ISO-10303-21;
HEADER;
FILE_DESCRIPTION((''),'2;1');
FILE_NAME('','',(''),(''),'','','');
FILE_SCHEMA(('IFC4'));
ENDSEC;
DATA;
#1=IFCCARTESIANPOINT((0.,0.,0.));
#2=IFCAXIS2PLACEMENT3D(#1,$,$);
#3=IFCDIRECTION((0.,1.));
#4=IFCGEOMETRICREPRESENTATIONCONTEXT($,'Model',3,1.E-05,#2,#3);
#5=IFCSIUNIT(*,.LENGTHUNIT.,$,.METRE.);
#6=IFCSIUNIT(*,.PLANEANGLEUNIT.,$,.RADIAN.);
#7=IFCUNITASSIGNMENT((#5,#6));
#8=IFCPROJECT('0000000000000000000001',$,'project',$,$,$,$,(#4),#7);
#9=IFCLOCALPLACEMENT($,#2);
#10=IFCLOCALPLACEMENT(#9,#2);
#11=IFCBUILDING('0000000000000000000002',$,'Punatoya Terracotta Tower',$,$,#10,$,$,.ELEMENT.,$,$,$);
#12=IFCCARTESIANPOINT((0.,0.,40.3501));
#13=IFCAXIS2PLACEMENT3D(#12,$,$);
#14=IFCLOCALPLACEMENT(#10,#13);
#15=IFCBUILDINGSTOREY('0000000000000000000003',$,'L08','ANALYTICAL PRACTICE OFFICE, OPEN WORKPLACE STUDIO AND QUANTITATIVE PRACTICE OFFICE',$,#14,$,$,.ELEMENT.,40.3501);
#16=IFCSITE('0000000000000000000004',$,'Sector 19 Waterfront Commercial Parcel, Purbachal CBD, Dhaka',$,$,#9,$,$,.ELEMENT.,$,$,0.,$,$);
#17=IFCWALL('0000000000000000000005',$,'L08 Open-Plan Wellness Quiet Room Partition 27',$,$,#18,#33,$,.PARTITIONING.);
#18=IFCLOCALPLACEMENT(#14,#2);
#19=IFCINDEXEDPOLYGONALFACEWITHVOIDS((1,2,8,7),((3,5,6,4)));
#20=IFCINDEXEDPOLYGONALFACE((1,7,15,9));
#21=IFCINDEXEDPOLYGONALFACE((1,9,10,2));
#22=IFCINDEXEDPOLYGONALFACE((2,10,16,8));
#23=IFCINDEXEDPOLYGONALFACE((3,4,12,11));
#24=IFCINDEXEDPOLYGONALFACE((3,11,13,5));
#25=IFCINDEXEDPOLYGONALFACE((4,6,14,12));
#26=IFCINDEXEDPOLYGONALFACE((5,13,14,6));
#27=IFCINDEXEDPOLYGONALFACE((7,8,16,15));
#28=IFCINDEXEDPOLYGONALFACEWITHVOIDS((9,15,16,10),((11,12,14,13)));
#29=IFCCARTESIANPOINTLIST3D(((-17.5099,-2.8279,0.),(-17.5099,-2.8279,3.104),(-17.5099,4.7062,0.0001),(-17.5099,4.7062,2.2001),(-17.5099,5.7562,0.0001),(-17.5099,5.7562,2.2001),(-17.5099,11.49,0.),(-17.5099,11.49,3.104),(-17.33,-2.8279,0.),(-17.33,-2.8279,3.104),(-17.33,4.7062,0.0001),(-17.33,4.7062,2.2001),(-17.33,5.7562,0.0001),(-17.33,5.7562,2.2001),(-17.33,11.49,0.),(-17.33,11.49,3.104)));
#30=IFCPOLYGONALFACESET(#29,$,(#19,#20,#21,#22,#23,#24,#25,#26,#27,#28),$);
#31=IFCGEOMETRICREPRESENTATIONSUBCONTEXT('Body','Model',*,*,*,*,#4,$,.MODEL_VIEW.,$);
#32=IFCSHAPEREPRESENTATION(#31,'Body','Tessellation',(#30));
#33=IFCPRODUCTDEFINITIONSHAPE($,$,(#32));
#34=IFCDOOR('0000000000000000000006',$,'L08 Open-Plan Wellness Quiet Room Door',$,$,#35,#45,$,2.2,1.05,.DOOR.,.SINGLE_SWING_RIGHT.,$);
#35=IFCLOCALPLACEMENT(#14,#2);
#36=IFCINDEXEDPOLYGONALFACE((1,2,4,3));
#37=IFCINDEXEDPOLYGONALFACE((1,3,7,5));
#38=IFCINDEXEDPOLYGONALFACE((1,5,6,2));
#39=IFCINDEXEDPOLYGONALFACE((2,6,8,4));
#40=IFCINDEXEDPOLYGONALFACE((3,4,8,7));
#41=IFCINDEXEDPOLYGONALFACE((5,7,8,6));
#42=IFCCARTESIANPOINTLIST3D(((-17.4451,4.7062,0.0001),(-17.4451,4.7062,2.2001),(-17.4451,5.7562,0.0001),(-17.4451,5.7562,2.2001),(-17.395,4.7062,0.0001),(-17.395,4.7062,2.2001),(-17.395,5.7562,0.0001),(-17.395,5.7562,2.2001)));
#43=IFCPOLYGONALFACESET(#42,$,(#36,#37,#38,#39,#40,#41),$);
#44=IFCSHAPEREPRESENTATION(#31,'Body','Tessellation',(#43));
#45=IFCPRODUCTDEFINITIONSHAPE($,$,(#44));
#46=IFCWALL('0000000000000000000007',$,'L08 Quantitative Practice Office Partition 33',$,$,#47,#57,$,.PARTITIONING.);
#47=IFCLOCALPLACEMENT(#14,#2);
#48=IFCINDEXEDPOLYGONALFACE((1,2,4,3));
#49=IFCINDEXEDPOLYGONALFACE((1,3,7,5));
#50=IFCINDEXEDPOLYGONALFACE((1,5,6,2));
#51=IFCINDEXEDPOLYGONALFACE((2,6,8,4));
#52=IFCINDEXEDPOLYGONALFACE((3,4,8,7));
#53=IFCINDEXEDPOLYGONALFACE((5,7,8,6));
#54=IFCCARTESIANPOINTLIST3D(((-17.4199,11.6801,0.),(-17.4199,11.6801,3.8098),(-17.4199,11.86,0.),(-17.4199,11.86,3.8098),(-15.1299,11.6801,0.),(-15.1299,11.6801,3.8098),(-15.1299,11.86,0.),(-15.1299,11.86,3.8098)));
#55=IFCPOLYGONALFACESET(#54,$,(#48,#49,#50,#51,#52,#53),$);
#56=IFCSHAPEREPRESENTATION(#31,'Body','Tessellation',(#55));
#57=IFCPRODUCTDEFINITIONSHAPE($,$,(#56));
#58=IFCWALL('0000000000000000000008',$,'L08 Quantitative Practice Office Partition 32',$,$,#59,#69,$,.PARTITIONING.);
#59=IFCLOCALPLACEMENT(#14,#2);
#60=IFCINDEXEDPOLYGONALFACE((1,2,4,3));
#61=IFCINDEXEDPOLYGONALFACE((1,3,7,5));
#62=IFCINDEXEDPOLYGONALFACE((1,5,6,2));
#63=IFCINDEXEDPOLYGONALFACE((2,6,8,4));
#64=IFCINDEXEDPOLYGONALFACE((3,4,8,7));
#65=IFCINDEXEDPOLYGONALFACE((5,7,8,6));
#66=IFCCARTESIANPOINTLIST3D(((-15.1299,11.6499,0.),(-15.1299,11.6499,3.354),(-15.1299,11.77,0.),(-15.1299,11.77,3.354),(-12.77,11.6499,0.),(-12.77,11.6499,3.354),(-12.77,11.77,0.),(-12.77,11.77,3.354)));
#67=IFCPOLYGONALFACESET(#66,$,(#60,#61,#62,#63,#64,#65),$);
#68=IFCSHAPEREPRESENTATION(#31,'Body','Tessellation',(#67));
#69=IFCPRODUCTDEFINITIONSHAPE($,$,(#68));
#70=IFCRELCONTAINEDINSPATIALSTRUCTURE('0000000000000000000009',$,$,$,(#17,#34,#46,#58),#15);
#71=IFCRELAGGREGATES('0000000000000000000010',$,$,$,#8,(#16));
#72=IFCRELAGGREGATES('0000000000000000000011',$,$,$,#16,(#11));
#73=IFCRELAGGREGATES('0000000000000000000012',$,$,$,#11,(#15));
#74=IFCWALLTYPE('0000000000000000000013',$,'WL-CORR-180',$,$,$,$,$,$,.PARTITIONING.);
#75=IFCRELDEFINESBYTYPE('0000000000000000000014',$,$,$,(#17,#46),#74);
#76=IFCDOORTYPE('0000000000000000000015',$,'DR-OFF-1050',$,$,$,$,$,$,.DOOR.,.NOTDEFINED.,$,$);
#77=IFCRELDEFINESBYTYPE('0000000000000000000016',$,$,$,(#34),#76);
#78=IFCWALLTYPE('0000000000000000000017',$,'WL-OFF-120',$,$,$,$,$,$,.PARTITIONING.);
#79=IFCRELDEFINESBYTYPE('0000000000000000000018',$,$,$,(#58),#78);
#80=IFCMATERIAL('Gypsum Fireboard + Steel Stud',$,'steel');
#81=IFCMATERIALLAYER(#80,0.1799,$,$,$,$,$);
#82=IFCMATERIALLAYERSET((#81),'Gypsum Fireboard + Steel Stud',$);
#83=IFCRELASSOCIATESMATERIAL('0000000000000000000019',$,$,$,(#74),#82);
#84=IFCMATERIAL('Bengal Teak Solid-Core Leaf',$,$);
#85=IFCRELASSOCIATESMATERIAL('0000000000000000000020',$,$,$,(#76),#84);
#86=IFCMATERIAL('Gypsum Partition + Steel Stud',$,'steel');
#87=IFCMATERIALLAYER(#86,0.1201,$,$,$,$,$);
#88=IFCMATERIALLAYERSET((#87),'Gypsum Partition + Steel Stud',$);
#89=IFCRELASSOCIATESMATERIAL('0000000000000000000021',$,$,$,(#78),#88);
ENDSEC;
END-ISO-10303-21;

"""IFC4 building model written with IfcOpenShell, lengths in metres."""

from ifc_helpers import new_model, si_unit, direction, frame, frame_2d, origin, place, context, subcontext, project, spatial, rectangle, extrude, material, layer, layer_set, type_object, element, fill, save


model = new_model("IFC4")

# Units and contexts
model_context = context("Model", 3, precision=1e-05, world=origin(), true_north=direction((0.0, 1.0)))
body_context = subcontext(model_context, "Body", "Model", "MODEL_VIEW")
ifc_project = project(units=[si_unit("LENGTHUNIT", "METRE"), si_unit("PLANEANGLEUNIT", "RADIAN")], contexts=[model_context])

# Site, building, storey
site_placement = place(None, origin())
site = spatial("IfcSite", under=ifc_project, at=site_placement, Name="Sector 19 Waterfront Commercial Parcel, Purbachal CBD, Dhaka", CompositionType="ELEMENT", RefElevation=0.0)
building_placement = place(site_placement, origin())
building = spatial("IfcBuilding", under=site, at=building_placement, Name="Punatoya Terracotta Tower", CompositionType="ELEMENT")
storey_placement = place(building_placement, frame((0.0, 0.0, 40.3501)))
storey = spatial("IfcBuildingStorey", under=building, at=storey_placement, Name="L08", Description="ANALYTICAL PRACTICE OFFICE, OPEN WORKPLACE STUDIO AND QUANTITATIVE PRACTICE OFFICE", CompositionType="ELEMENT", Elevation=40.3501)

# Wall, opening, door
ifc_material_1 = material(Name="Gypsum Fireboard + Steel Stud", Category="steel")
ifc_layer_1 = layer(ifc_material_1, 0.1799)
ifc_layer_set_1 = layer_set([ifc_layer_1], Name="Gypsum Fireboard + Steel Stud")
wall_type_1 = type_object("IfcWallType", Name="WL-CORR-180", PredefinedType="PARTITIONING", material=ifc_layer_set_1)
wall_1_placement = place(storey_placement, frame((-17.4199, 11.49, 0.0), z_axis=(0.0, 0.0, 1.0), x_axis=(0.0, -1.0, 0.0)))
wall_1 = element("IfcWall", 1, at=wall_1_placement, inside=storey, type_object=wall_type_1, Name="L08 Open-Plan Wellness Quiet Room Partition 27", PredefinedType="PARTITIONING", context=body_context, shape_type="SweptSolid", body=[
    extrude(rectangle(XDim=14.3179, YDim=0.1799, at=frame_2d((7.1589, 0.0))), origin(), (0.0, 0.0, 1.0), 3.104),
])
opening_placement = place(wall_1_placement, frame((5.7339, 0.0, 0.0)))
opening = element("IfcOpeningElement", 2, at=opening_placement, cuts=wall_1, PredefinedType="OPENING", context=body_context, shape_type="SweptSolid", body=[
    extrude(rectangle(XDim=1.05, YDim=2.2, at=frame_2d((0.5249, 1.1001))), frame((0.0, 0.0999, 0.0), z_axis=(0.0, -1.0, 0.0), x_axis=(1.0, 0.0, 0.0)), (0.0, 0.0, 1.0), 0.2),
])
ifc_material_2 = material(Name="Bengal Teak Solid-Core Leaf")
door_type = type_object("IfcDoorType", Name="DR-OFF-1050", OperationType="NOTDEFINED", PredefinedType="DOOR", material=ifc_material_2)
door_placement = place(opening_placement, origin())
door = element("IfcDoor", 3, at=door_placement, inside=storey, type_object=door_type, Name="L08 Open-Plan Wellness Quiet Room Door", OperationType="SINGLE_SWING_RIGHT", OverallHeight=2.2, OverallWidth=1.05, PredefinedType="DOOR", context=body_context, shape_type="SweptSolid", body=[
    extrude(rectangle(XDim=1.05, YDim=2.2, at=frame_2d((0.5249, 1.1001))), frame((0.0, 0.0249, 0.0), z_axis=(0.0, -1.0, 0.0), x_axis=(1.0, 0.0, 0.0)), (0.0, 0.0, 1.0), 0.05),
])
fill(opening, door)

# Walls
wall_2_placement = place(storey_placement, frame((-15.1299, 11.77, 0.0), z_axis=(0.0, 0.0, 1.0), x_axis=(-1.0, 0.0, 0.0)))
element("IfcWall", 4, at=wall_2_placement, inside=storey, type_object=wall_type_1, Name="L08 Quantitative Practice Office Partition 33", PredefinedType="PARTITIONING", context=body_context, shape_type="SweptSolid", body=[
    extrude(rectangle(XDim=2.29, YDim=0.1799, at=frame_2d((1.145, 0.0))), origin(), (0.0, 0.0, 1.0), 3.8098),
])
ifc_material_3 = material(Name="Gypsum Partition + Steel Stud", Category="steel")
ifc_layer_2 = layer(ifc_material_3, 0.1201)
ifc_layer_set_2 = layer_set([ifc_layer_2], Name="Gypsum Partition + Steel Stud")
wall_type_2 = type_object("IfcWallType", Name="WL-OFF-120", PredefinedType="PARTITIONING", material=ifc_layer_set_2)
wall_3_placement = place(storey_placement, frame((-12.77, 11.71, 0.0), z_axis=(0.0, 0.0, 1.0), x_axis=(-1.0, 0.0, 0.0)))
element("IfcWall", 5, at=wall_3_placement, inside=storey, type_object=wall_type_2, Name="L08 Quantitative Practice Office Partition 32", PredefinedType="PARTITIONING", context=body_context, shape_type="SweptSolid", body=[
    extrude(rectangle(XDim=2.3599, YDim=0.1201, at=frame_2d((1.1799, 0.0))), origin(), (0.0, 0.0, 1.0), 3.354),
])

save(model, "model.ifc")
